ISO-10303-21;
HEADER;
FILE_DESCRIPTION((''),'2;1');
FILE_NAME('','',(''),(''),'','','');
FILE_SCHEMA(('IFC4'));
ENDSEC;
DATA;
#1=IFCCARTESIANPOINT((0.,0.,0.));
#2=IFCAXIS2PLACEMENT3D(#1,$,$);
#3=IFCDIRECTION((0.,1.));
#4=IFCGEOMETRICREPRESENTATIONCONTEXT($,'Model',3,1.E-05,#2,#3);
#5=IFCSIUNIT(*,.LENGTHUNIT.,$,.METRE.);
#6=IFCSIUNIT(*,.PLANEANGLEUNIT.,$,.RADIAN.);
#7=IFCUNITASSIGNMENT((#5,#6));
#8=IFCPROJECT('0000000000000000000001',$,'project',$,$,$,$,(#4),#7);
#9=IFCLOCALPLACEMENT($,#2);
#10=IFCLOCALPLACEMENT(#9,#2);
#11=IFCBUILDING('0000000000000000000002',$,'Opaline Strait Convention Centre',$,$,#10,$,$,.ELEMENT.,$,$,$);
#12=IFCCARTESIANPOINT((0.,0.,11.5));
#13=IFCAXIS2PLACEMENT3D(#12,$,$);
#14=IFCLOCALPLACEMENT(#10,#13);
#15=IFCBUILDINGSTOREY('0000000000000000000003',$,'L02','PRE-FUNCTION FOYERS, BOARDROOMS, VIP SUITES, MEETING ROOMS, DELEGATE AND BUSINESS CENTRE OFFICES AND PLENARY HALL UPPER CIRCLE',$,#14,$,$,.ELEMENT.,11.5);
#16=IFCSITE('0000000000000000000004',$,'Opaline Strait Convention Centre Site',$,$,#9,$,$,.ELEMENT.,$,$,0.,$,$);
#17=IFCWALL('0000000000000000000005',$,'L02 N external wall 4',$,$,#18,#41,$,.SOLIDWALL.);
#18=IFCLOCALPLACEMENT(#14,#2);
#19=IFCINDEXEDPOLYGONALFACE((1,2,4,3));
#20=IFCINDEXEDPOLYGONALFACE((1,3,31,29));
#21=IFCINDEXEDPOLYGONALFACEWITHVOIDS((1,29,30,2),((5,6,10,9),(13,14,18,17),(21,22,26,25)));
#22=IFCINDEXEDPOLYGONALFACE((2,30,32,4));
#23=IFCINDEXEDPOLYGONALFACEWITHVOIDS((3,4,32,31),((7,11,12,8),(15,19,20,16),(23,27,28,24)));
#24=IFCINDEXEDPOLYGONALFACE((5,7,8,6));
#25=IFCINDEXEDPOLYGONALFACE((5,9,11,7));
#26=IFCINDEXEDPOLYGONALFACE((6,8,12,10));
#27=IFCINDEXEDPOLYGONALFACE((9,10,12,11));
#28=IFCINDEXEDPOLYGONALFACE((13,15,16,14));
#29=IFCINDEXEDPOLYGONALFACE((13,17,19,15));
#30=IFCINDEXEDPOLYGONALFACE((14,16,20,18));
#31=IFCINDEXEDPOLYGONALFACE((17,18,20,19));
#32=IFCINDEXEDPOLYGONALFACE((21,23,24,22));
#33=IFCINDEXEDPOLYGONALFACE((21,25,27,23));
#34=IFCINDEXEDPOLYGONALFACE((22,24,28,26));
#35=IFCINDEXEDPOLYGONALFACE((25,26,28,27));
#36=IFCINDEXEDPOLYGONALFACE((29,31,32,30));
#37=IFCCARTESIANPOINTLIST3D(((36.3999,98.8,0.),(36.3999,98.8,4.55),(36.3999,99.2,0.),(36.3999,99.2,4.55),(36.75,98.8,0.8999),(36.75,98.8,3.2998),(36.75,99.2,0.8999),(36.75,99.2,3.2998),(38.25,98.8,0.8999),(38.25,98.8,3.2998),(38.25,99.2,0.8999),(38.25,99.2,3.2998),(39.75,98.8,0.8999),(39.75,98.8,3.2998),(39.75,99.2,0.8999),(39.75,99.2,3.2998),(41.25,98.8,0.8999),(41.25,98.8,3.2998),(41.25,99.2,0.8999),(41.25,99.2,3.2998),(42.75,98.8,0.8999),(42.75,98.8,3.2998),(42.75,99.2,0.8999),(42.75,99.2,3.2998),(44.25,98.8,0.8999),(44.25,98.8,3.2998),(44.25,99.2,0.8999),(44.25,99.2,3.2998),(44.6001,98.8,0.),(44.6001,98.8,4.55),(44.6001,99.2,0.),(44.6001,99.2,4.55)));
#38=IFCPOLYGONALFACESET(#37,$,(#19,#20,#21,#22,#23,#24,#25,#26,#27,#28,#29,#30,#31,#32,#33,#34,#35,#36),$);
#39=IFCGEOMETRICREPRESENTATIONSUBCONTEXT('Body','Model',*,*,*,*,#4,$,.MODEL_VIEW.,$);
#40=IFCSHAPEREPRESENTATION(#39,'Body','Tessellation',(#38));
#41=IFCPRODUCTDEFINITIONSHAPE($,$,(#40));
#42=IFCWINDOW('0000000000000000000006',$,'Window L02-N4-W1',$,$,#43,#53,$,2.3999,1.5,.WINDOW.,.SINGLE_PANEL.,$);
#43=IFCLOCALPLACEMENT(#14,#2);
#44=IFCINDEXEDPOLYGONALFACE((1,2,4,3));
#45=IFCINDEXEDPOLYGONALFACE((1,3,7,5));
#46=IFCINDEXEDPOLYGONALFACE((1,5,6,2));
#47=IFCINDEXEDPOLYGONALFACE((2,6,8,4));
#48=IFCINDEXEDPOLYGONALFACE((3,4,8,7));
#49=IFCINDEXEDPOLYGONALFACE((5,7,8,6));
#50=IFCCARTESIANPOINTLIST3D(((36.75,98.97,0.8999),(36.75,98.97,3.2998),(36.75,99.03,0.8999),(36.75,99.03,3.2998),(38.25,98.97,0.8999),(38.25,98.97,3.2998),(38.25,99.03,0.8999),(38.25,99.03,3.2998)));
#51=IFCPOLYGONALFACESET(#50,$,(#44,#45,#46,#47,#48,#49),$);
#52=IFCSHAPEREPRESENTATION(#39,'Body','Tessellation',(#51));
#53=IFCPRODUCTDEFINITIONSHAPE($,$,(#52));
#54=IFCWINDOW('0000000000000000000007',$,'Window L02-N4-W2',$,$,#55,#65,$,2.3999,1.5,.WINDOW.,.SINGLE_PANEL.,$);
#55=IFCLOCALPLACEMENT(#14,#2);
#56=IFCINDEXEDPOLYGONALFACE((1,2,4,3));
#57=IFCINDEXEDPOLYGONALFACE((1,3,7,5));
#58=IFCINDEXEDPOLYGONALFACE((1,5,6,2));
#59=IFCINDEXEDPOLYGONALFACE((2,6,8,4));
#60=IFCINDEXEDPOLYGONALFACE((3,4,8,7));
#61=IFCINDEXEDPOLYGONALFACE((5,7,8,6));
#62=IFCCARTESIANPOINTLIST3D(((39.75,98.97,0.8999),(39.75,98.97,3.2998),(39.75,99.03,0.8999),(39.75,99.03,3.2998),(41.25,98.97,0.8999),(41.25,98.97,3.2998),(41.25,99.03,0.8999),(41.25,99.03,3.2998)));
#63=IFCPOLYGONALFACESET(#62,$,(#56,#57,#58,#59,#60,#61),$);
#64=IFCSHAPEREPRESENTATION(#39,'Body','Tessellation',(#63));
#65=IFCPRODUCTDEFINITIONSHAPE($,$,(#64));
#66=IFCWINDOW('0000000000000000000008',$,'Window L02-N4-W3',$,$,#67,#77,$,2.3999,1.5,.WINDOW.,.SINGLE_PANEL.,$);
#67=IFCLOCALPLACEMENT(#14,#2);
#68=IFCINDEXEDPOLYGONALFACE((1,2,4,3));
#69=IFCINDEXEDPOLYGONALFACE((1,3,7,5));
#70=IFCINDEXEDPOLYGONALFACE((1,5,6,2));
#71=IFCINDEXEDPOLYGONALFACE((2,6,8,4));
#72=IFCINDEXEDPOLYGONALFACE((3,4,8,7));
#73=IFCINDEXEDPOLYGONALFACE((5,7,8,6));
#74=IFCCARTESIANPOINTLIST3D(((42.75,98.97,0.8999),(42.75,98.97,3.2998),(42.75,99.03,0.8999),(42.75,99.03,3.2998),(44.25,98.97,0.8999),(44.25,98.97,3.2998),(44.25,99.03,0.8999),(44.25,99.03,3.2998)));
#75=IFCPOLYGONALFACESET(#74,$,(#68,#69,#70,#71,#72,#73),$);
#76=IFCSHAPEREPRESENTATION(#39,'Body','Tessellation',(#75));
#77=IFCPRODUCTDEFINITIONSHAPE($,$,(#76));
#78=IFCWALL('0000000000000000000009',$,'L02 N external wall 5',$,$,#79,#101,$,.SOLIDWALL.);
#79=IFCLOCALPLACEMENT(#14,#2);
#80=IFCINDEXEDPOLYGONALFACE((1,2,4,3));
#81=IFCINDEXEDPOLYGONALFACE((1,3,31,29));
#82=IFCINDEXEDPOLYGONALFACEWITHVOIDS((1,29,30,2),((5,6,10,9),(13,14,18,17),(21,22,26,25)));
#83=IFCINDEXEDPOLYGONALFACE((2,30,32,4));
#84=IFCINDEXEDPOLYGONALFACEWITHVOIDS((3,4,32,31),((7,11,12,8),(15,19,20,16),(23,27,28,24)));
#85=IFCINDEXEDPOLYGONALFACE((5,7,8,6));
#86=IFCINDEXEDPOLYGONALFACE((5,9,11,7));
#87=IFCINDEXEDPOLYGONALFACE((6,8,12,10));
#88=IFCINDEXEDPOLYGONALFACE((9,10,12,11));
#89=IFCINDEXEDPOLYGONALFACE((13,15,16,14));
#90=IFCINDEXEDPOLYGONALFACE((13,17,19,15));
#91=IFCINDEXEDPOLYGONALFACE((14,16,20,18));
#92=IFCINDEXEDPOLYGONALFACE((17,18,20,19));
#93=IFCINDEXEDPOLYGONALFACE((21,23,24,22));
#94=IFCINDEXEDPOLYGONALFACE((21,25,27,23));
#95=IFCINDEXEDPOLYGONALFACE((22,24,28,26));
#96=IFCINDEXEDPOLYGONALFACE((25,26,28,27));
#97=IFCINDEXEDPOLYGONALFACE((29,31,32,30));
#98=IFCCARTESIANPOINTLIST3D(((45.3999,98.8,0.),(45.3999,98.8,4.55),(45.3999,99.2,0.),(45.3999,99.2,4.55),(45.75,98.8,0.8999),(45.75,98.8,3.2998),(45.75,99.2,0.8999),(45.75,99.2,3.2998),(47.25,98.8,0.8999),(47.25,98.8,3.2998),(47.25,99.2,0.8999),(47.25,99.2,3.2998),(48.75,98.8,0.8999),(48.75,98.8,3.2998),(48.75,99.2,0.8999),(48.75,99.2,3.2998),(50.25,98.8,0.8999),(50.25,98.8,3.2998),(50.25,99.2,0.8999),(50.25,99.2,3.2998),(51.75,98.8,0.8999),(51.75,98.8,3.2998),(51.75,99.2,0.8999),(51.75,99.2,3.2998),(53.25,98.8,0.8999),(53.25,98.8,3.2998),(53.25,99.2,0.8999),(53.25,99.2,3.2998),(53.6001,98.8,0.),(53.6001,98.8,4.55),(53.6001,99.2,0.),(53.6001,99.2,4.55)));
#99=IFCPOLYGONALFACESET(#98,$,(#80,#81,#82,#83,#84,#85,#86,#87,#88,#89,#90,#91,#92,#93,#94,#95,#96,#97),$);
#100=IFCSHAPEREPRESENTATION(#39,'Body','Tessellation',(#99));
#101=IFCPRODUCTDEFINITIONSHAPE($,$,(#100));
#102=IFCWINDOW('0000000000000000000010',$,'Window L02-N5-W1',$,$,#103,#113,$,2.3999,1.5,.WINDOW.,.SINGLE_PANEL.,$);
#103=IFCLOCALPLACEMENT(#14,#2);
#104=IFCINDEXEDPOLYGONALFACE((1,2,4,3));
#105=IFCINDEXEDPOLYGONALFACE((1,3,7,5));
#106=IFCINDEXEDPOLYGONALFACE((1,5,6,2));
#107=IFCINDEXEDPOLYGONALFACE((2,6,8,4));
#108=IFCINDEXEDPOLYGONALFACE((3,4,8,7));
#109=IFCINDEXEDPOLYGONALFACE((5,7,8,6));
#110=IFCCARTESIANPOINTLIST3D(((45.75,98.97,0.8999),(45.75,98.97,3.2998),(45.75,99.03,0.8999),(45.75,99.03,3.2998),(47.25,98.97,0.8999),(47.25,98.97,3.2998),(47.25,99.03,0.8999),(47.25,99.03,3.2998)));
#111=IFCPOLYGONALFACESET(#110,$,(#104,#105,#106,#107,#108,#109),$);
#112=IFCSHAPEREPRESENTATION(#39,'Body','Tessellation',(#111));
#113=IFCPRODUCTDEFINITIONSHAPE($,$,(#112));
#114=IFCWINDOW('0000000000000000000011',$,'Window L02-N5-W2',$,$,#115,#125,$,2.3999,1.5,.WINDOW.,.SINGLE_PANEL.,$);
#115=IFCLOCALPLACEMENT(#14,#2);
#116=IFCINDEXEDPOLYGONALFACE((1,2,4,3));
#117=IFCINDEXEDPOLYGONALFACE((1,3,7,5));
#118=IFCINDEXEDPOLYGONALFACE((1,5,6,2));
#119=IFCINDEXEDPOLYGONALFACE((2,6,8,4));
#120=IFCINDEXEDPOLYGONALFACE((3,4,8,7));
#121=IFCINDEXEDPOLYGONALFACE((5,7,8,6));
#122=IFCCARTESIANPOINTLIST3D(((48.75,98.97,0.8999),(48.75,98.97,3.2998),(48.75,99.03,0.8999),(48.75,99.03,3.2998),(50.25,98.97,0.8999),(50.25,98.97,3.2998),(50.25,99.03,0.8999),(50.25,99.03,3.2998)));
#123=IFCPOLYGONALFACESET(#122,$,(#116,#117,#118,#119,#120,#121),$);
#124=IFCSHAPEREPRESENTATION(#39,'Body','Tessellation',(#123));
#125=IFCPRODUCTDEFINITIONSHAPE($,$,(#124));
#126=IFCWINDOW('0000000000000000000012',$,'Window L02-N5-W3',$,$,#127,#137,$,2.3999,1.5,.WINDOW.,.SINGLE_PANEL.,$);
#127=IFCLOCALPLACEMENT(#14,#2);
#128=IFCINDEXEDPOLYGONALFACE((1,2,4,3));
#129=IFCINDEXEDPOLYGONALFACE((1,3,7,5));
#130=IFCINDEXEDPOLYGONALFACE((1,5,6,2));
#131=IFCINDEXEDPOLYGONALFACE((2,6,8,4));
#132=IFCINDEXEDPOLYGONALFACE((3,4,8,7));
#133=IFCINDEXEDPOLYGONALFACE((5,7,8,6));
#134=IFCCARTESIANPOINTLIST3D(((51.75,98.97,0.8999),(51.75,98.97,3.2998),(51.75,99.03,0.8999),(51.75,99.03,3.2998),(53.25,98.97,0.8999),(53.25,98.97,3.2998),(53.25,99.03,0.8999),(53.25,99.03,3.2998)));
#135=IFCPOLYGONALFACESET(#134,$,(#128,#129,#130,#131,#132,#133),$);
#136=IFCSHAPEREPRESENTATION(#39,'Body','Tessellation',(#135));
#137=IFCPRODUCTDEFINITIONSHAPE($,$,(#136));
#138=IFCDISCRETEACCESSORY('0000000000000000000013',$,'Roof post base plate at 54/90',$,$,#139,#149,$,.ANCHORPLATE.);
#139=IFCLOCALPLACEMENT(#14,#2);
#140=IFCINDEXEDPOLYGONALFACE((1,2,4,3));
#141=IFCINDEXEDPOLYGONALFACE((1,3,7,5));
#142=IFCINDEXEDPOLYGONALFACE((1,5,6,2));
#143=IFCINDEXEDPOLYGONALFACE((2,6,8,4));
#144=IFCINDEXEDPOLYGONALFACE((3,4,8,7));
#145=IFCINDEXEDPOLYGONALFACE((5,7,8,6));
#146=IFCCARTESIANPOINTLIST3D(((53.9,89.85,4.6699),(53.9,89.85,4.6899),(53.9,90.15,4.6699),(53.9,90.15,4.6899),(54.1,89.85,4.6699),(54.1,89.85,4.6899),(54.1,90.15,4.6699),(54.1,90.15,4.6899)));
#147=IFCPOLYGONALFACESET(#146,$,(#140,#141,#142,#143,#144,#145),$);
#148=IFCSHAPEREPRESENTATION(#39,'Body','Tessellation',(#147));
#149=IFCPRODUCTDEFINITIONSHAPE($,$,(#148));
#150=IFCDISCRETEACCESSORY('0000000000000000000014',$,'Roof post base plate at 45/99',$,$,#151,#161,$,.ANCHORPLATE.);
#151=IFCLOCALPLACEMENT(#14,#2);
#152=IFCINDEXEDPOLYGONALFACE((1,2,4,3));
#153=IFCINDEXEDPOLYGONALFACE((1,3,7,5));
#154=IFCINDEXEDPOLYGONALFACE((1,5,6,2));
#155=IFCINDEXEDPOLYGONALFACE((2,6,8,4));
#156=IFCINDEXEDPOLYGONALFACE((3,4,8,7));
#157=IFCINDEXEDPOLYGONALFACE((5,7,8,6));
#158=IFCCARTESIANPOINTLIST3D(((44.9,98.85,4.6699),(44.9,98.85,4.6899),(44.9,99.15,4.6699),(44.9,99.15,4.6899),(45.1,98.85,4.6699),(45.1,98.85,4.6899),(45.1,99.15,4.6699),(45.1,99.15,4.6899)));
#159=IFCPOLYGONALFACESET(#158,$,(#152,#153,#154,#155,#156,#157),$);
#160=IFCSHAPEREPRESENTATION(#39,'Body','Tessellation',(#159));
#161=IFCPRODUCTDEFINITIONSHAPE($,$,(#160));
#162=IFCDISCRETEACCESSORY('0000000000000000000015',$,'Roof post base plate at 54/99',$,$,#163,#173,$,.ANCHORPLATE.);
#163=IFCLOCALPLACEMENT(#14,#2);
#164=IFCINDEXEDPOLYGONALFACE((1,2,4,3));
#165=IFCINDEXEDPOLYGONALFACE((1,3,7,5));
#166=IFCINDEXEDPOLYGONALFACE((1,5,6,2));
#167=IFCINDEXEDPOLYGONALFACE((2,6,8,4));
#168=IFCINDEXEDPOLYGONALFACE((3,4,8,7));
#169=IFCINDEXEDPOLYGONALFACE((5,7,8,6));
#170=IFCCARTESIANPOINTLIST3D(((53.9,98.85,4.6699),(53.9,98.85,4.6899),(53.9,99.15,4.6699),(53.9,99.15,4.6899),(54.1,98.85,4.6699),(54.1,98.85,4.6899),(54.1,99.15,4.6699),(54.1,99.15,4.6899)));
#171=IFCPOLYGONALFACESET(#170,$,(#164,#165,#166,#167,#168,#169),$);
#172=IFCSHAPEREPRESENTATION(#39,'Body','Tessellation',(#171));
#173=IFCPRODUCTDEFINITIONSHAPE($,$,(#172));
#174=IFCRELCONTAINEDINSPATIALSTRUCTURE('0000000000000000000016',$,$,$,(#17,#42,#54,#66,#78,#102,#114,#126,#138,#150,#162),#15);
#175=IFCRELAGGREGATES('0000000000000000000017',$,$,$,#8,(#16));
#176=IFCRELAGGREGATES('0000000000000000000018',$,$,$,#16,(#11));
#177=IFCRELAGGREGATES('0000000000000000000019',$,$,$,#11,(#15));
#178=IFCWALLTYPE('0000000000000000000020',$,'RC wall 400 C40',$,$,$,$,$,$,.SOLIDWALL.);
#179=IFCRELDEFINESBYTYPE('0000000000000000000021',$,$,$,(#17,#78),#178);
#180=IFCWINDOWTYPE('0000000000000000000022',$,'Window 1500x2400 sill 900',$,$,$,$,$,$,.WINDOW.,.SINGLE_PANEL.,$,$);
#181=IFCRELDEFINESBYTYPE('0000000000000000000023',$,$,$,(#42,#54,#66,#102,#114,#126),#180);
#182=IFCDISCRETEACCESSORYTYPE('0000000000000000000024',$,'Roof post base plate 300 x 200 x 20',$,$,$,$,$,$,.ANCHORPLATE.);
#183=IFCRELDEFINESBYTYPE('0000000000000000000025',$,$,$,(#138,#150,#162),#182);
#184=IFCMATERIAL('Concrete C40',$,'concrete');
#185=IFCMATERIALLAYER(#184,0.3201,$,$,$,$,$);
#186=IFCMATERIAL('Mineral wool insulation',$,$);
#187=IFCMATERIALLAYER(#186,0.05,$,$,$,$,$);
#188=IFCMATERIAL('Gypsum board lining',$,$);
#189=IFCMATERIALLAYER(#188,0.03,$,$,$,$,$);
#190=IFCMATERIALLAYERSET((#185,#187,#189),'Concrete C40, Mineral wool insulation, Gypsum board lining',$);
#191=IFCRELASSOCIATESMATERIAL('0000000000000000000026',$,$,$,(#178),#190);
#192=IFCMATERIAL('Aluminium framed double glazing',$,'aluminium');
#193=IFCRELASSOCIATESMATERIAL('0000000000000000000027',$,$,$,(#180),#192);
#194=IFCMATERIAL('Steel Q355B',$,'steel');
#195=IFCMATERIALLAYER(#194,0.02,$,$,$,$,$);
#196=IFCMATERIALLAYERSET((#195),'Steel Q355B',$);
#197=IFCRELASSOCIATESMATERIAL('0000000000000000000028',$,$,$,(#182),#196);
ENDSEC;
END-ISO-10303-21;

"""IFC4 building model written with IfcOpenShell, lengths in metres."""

from ifc_helpers import new_model, si_unit, direction, frame, frame_2d, origin, origin_2d, place, context, subcontext, project, spatial, rectangle, extrude, material, layer, layer_set, type_object, element, fill, save


model = new_model("IFC4")

# Units and contexts
model_context = context("Model", 3, precision=1e-05, world=origin(), true_north=direction((0.0, 1.0)))
body_context = subcontext(model_context, "Body", "Model", "MODEL_VIEW")
ifc_project = project(units=[si_unit("LENGTHUNIT", "METRE"), si_unit("PLANEANGLEUNIT", "RADIAN")], contexts=[model_context])

# Site, building, storey
site_placement = place(None, origin())
site = spatial("IfcSite", under=ifc_project, at=site_placement, Name="Opaline Strait Convention Centre Site", CompositionType="ELEMENT", RefElevation=0.0)
building_placement = place(site_placement, origin())
building = spatial("IfcBuilding", under=site, at=building_placement, Name="Opaline Strait Convention Centre", CompositionType="ELEMENT")
storey_placement = place(building_placement, frame((0.0, 0.0, 11.5)))
storey = spatial("IfcBuildingStorey", under=building, at=storey_placement, Name="L02", Description="PRE-FUNCTION FOYERS, BOARDROOMS, VIP SUITES, MEETING ROOMS, DELEGATE AND BUSINESS CENTRE OFFICES AND PLENARY HALL UPPER CIRCLE", CompositionType="ELEMENT", Elevation=11.5)

# Shared definitions
ifc_material_1 = material(Name="Concrete C40", Category="concrete")

# Shared definitions
ifc_material_2 = material(Name="Steel Q355B", Category="steel")

# Shared definitions
ifc_layer_1 = layer(ifc_material_1, 0.3201)
ifc_material_3 = material(Name="Mineral wool insulation")
ifc_layer_2 = layer(ifc_material_3, 0.05)
ifc_material_4 = material(Name="Gypsum board lining")
ifc_layer_3 = layer(ifc_material_4, 0.03)
ifc_layer_set_1 = layer_set([ifc_layer_1, ifc_layer_2, ifc_layer_3], Name="Concrete C40, Mineral wool insulation, Gypsum board lining")
wall_type_1 = type_object("IfcWallType", Name="RC wall 400 C40", PredefinedType="SOLIDWALL", material=ifc_layer_set_1)

# Walls, openings, windows
wall_1_placement = place(storey_placement, frame((36.3999, 99.0, 0.0), z_axis=(0.0, 0.0, 1.0), x_axis=(1.0, 0.0, 0.0)))
wall_1 = element("IfcWall", 1, at=wall_1_placement, inside=storey, type_object=wall_type_1, Name="L02 N external wall 4", PredefinedType="SOLIDWALL", context=body_context, shape_type="SweptSolid", body=[
    extrude(rectangle(XDim=8.2002, YDim=0.3999, at=frame_2d((4.1001, 0.0))), origin(), (0.0, 0.0, 1.0), 4.55),
])
opening_1_placement = place(wall_1_placement, frame((0.3501, 0.0, 0.8999)))
opening_1 = element("IfcOpeningElement", 2, at=opening_1_placement, cuts=wall_1, PredefinedType="OPENING", context=body_context, shape_type="SweptSolid", body=[
    extrude(rectangle(XDim=1.5, YDim=2.3999, at=frame_2d((0.75, 1.2))), frame((0.0, 0.21, 0.0), z_axis=(0.0, -1.0, 0.0), x_axis=(1.0, 0.0, 0.0)), (0.0, 0.0, 1.0), 0.4199),
])
opening_2_placement = place(wall_1_placement, frame((3.3501, 0.0, 0.8999)))
opening_2 = element("IfcOpeningElement", 3, at=opening_2_placement, cuts=wall_1, PredefinedType="OPENING", context=body_context, shape_type="SweptSolid", body=[
    extrude(rectangle(XDim=1.5, YDim=2.3999, at=frame_2d((0.75, 1.2))), frame((0.0, 0.21, 0.0), z_axis=(0.0, -1.0, 0.0), x_axis=(1.0, 0.0, 0.0)), (0.0, 0.0, 1.0), 0.4199),
])
opening_3_placement = place(wall_1_placement, frame((6.3501, 0.0, 0.8999)))
opening_3 = element("IfcOpeningElement", 4, at=opening_3_placement, cuts=wall_1, PredefinedType="OPENING", context=body_context, shape_type="SweptSolid", body=[
    extrude(rectangle(XDim=1.5, YDim=2.3999, at=frame_2d((0.75, 1.2))), frame((0.0, 0.21, 0.0), z_axis=(0.0, -1.0, 0.0), x_axis=(1.0, 0.0, 0.0)), (0.0, 0.0, 1.0), 0.4199),
])
ifc_material_5 = material(Name="Aluminium framed double glazing", Category="aluminium")
window_type = type_object("IfcWindowType", Name="Window 1500x2400 sill 900", PartitioningType="SINGLE_PANEL", PredefinedType="WINDOW", material=ifc_material_5)
window_1_placement = place(opening_1_placement, origin())
window_1 = element("IfcWindow", 5, at=window_1_placement, inside=storey, type_object=window_type, Name="Window L02-N4-W1", OverallHeight=2.3999, OverallWidth=1.5, PartitioningType="SINGLE_PANEL", PredefinedType="WINDOW", context=body_context, shape_type="SweptSolid", body=[
    extrude(rectangle(XDim=1.5, YDim=2.3999, at=frame_2d((0.75, 1.2))), frame((0.0, 0.03, 0.0), z_axis=(0.0, -1.0, 0.0), x_axis=(1.0, 0.0, 0.0)), (0.0, 0.0, 1.0), 0.0601),
])
fill(opening_1, window_1)
window_2_placement = place(opening_2_placement, origin())
window_2 = element("IfcWindow", 6, at=window_2_placement, inside=storey, type_object=window_type, Name="Window L02-N4-W2", OverallHeight=2.3999, OverallWidth=1.5, PartitioningType="SINGLE_PANEL", PredefinedType="WINDOW", context=body_context, shape_type="SweptSolid", body=[
    extrude(rectangle(XDim=1.5, YDim=2.3999, at=frame_2d((0.75, 1.2))), frame((0.0, 0.03, 0.0), z_axis=(0.0, -1.0, 0.0), x_axis=(1.0, 0.0, 0.0)), (0.0, 0.0, 1.0), 0.0601),
])
fill(opening_2, window_2)
window_3_placement = place(opening_3_placement, origin())
window_3 = element("IfcWindow", 7, at=window_3_placement, inside=storey, type_object=window_type, Name="Window L02-N4-W3", OverallHeight=2.3999, OverallWidth=1.5, PartitioningType="SINGLE_PANEL", PredefinedType="WINDOW", context=body_context, shape_type="SweptSolid", body=[
    extrude(rectangle(XDim=1.5, YDim=2.3999, at=frame_2d((0.75, 1.2))), frame((0.0, 0.03, 0.0), z_axis=(0.0, -1.0, 0.0), x_axis=(1.0, 0.0, 0.0)), (0.0, 0.0, 1.0), 0.0601),
])
fill(opening_3, window_3)
wall_2_placement = place(storey_placement, frame((45.3999, 99.0, 0.0), z_axis=(0.0, 0.0, 1.0), x_axis=(1.0, 0.0, 0.0)))
wall_2 = element("IfcWall", 8, at=wall_2_placement, inside=storey, type_object=wall_type_1, Name="L02 N external wall 5", PredefinedType="SOLIDWALL", context=body_context, shape_type="SweptSolid", body=[
    extrude(rectangle(XDim=8.2002, YDim=0.3999, at=frame_2d((4.1001, 0.0))), origin(), (0.0, 0.0, 1.0), 4.55),
])
opening_4_placement = place(wall_2_placement, frame((0.3501, 0.0, 0.8999)))
opening_4 = element("IfcOpeningElement", 9, at=opening_4_placement, cuts=wall_2, PredefinedType="OPENING", context=body_context, shape_type="SweptSolid", body=[
    extrude(rectangle(XDim=1.5, YDim=2.3999, at=frame_2d((0.75, 1.2))), frame((0.0, 0.21, 0.0), z_axis=(0.0, -1.0, 0.0), x_axis=(1.0, 0.0, 0.0)), (0.0, 0.0, 1.0), 0.4199),
])
opening_5_placement = place(wall_2_placement, frame((3.3501, 0.0, 0.8999)))
opening_5 = element("IfcOpeningElement", 10, at=opening_5_placement, cuts=wall_2, PredefinedType="OPENING", context=body_context, shape_type="SweptSolid", body=[
    extrude(rectangle(XDim=1.5, YDim=2.3999, at=frame_2d((0.75, 1.2))), frame((0.0, 0.21, 0.0), z_axis=(0.0, -1.0, 0.0), x_axis=(1.0, 0.0, 0.0)), (0.0, 0.0, 1.0), 0.4199),
])
opening_6_placement = place(wall_2_placement, frame((6.3501, 0.0, 0.8999)))
opening_6 = element("IfcOpeningElement", 11, at=opening_6_placement, cuts=wall_2, PredefinedType="OPENING", context=body_context, shape_type="SweptSolid", body=[
    extrude(rectangle(XDim=1.5, YDim=2.3999, at=frame_2d((0.75, 1.2))), frame((0.0, 0.21, 0.0), z_axis=(0.0, -1.0, 0.0), x_axis=(1.0, 0.0, 0.0)), (0.0, 0.0, 1.0), 0.4199),
])
window_4_placement = place(opening_4_placement, origin())
window_4 = element("IfcWindow", 12, at=window_4_placement, inside=storey, type_object=window_type, Name="Window L02-N5-W1", OverallHeight=2.3999, OverallWidth=1.5, PartitioningType="SINGLE_PANEL", PredefinedType="WINDOW", context=body_context, shape_type="SweptSolid", body=[
    extrude(rectangle(XDim=1.5, YDim=2.3999, at=frame_2d((0.75, 1.2))), frame((0.0, 0.03, 0.0), z_axis=(0.0, -1.0, 0.0), x_axis=(1.0, 0.0, 0.0)), (0.0, 0.0, 1.0), 0.0601),
])
fill(opening_4, window_4)
window_5_placement = place(opening_5_placement, origin())
window_5 = element("IfcWindow", 13, at=window_5_placement, inside=storey, type_object=window_type, Name="Window L02-N5-W2", OverallHeight=2.3999, OverallWidth=1.5, PartitioningType="SINGLE_PANEL", PredefinedType="WINDOW", context=body_context, shape_type="SweptSolid", body=[
    extrude(rectangle(XDim=1.5, YDim=2.3999, at=frame_2d((0.75, 1.2))), frame((0.0, 0.03, 0.0), z_axis=(0.0, -1.0, 0.0), x_axis=(1.0, 0.0, 0.0)), (0.0, 0.0, 1.0), 0.0601),
])
fill(opening_5, window_5)
window_6_placement = place(opening_6_placement, origin())
window_6 = element("IfcWindow", 14, at=window_6_placement, inside=storey, type_object=window_type, Name="Window L02-N5-W3", OverallHeight=2.3999, OverallWidth=1.5, PartitioningType="SINGLE_PANEL", PredefinedType="WINDOW", context=body_context, shape_type="SweptSolid", body=[
    extrude(rectangle(XDim=1.5, YDim=2.3999, at=frame_2d((0.75, 1.2))), frame((0.0, 0.03, 0.0), z_axis=(0.0, -1.0, 0.0), x_axis=(1.0, 0.0, 0.0)), (0.0, 0.0, 1.0), 0.0601),
])
fill(opening_6, window_6)

# Discrete accessories
ifc_layer_4 = layer(ifc_material_2, 0.02)
ifc_layer_set_2 = layer_set([ifc_layer_4], Name="Steel Q355B")
discrete_accessory_type_1 = type_object("IfcDiscreteAccessoryType", Name="Roof post base plate 300 x 200 x 20", PredefinedType="ANCHORPLATE", material=ifc_layer_set_2)
for number, where, z_axis, x_axis, name in (
    (15, (54.0, 90.0, 4.6699), (0.0, 0.0, 1.0), (1.0, 0.0, 0.0), "Roof post base plate at 54/90"),
    (16, (45.0, 99.0, 4.6699), (0.0, 0.0, 1.0), (1.0, 0.0, 0.0), "Roof post base plate at 45/99"),
    (17, (54.0, 99.0, 4.6699), (0.0, 0.0, 1.0), (1.0, 0.0, 0.0), "Roof post base plate at 54/99"),
):
    element("IfcDiscreteAccessory", number, at=place(storey_placement, frame(where, z_axis=z_axis, x_axis=x_axis)), inside=storey, type_object=discrete_accessory_type_1, Name=name, PredefinedType="ANCHORPLATE", context=body_context, shape_type="SweptSolid", body=[
        extrude(rectangle(XDim=0.2, YDim=0.3, at=origin_2d()), origin(), (0.0, 0.0, 1.0), 0.02),
    ])

save(model, "model.ifc")
